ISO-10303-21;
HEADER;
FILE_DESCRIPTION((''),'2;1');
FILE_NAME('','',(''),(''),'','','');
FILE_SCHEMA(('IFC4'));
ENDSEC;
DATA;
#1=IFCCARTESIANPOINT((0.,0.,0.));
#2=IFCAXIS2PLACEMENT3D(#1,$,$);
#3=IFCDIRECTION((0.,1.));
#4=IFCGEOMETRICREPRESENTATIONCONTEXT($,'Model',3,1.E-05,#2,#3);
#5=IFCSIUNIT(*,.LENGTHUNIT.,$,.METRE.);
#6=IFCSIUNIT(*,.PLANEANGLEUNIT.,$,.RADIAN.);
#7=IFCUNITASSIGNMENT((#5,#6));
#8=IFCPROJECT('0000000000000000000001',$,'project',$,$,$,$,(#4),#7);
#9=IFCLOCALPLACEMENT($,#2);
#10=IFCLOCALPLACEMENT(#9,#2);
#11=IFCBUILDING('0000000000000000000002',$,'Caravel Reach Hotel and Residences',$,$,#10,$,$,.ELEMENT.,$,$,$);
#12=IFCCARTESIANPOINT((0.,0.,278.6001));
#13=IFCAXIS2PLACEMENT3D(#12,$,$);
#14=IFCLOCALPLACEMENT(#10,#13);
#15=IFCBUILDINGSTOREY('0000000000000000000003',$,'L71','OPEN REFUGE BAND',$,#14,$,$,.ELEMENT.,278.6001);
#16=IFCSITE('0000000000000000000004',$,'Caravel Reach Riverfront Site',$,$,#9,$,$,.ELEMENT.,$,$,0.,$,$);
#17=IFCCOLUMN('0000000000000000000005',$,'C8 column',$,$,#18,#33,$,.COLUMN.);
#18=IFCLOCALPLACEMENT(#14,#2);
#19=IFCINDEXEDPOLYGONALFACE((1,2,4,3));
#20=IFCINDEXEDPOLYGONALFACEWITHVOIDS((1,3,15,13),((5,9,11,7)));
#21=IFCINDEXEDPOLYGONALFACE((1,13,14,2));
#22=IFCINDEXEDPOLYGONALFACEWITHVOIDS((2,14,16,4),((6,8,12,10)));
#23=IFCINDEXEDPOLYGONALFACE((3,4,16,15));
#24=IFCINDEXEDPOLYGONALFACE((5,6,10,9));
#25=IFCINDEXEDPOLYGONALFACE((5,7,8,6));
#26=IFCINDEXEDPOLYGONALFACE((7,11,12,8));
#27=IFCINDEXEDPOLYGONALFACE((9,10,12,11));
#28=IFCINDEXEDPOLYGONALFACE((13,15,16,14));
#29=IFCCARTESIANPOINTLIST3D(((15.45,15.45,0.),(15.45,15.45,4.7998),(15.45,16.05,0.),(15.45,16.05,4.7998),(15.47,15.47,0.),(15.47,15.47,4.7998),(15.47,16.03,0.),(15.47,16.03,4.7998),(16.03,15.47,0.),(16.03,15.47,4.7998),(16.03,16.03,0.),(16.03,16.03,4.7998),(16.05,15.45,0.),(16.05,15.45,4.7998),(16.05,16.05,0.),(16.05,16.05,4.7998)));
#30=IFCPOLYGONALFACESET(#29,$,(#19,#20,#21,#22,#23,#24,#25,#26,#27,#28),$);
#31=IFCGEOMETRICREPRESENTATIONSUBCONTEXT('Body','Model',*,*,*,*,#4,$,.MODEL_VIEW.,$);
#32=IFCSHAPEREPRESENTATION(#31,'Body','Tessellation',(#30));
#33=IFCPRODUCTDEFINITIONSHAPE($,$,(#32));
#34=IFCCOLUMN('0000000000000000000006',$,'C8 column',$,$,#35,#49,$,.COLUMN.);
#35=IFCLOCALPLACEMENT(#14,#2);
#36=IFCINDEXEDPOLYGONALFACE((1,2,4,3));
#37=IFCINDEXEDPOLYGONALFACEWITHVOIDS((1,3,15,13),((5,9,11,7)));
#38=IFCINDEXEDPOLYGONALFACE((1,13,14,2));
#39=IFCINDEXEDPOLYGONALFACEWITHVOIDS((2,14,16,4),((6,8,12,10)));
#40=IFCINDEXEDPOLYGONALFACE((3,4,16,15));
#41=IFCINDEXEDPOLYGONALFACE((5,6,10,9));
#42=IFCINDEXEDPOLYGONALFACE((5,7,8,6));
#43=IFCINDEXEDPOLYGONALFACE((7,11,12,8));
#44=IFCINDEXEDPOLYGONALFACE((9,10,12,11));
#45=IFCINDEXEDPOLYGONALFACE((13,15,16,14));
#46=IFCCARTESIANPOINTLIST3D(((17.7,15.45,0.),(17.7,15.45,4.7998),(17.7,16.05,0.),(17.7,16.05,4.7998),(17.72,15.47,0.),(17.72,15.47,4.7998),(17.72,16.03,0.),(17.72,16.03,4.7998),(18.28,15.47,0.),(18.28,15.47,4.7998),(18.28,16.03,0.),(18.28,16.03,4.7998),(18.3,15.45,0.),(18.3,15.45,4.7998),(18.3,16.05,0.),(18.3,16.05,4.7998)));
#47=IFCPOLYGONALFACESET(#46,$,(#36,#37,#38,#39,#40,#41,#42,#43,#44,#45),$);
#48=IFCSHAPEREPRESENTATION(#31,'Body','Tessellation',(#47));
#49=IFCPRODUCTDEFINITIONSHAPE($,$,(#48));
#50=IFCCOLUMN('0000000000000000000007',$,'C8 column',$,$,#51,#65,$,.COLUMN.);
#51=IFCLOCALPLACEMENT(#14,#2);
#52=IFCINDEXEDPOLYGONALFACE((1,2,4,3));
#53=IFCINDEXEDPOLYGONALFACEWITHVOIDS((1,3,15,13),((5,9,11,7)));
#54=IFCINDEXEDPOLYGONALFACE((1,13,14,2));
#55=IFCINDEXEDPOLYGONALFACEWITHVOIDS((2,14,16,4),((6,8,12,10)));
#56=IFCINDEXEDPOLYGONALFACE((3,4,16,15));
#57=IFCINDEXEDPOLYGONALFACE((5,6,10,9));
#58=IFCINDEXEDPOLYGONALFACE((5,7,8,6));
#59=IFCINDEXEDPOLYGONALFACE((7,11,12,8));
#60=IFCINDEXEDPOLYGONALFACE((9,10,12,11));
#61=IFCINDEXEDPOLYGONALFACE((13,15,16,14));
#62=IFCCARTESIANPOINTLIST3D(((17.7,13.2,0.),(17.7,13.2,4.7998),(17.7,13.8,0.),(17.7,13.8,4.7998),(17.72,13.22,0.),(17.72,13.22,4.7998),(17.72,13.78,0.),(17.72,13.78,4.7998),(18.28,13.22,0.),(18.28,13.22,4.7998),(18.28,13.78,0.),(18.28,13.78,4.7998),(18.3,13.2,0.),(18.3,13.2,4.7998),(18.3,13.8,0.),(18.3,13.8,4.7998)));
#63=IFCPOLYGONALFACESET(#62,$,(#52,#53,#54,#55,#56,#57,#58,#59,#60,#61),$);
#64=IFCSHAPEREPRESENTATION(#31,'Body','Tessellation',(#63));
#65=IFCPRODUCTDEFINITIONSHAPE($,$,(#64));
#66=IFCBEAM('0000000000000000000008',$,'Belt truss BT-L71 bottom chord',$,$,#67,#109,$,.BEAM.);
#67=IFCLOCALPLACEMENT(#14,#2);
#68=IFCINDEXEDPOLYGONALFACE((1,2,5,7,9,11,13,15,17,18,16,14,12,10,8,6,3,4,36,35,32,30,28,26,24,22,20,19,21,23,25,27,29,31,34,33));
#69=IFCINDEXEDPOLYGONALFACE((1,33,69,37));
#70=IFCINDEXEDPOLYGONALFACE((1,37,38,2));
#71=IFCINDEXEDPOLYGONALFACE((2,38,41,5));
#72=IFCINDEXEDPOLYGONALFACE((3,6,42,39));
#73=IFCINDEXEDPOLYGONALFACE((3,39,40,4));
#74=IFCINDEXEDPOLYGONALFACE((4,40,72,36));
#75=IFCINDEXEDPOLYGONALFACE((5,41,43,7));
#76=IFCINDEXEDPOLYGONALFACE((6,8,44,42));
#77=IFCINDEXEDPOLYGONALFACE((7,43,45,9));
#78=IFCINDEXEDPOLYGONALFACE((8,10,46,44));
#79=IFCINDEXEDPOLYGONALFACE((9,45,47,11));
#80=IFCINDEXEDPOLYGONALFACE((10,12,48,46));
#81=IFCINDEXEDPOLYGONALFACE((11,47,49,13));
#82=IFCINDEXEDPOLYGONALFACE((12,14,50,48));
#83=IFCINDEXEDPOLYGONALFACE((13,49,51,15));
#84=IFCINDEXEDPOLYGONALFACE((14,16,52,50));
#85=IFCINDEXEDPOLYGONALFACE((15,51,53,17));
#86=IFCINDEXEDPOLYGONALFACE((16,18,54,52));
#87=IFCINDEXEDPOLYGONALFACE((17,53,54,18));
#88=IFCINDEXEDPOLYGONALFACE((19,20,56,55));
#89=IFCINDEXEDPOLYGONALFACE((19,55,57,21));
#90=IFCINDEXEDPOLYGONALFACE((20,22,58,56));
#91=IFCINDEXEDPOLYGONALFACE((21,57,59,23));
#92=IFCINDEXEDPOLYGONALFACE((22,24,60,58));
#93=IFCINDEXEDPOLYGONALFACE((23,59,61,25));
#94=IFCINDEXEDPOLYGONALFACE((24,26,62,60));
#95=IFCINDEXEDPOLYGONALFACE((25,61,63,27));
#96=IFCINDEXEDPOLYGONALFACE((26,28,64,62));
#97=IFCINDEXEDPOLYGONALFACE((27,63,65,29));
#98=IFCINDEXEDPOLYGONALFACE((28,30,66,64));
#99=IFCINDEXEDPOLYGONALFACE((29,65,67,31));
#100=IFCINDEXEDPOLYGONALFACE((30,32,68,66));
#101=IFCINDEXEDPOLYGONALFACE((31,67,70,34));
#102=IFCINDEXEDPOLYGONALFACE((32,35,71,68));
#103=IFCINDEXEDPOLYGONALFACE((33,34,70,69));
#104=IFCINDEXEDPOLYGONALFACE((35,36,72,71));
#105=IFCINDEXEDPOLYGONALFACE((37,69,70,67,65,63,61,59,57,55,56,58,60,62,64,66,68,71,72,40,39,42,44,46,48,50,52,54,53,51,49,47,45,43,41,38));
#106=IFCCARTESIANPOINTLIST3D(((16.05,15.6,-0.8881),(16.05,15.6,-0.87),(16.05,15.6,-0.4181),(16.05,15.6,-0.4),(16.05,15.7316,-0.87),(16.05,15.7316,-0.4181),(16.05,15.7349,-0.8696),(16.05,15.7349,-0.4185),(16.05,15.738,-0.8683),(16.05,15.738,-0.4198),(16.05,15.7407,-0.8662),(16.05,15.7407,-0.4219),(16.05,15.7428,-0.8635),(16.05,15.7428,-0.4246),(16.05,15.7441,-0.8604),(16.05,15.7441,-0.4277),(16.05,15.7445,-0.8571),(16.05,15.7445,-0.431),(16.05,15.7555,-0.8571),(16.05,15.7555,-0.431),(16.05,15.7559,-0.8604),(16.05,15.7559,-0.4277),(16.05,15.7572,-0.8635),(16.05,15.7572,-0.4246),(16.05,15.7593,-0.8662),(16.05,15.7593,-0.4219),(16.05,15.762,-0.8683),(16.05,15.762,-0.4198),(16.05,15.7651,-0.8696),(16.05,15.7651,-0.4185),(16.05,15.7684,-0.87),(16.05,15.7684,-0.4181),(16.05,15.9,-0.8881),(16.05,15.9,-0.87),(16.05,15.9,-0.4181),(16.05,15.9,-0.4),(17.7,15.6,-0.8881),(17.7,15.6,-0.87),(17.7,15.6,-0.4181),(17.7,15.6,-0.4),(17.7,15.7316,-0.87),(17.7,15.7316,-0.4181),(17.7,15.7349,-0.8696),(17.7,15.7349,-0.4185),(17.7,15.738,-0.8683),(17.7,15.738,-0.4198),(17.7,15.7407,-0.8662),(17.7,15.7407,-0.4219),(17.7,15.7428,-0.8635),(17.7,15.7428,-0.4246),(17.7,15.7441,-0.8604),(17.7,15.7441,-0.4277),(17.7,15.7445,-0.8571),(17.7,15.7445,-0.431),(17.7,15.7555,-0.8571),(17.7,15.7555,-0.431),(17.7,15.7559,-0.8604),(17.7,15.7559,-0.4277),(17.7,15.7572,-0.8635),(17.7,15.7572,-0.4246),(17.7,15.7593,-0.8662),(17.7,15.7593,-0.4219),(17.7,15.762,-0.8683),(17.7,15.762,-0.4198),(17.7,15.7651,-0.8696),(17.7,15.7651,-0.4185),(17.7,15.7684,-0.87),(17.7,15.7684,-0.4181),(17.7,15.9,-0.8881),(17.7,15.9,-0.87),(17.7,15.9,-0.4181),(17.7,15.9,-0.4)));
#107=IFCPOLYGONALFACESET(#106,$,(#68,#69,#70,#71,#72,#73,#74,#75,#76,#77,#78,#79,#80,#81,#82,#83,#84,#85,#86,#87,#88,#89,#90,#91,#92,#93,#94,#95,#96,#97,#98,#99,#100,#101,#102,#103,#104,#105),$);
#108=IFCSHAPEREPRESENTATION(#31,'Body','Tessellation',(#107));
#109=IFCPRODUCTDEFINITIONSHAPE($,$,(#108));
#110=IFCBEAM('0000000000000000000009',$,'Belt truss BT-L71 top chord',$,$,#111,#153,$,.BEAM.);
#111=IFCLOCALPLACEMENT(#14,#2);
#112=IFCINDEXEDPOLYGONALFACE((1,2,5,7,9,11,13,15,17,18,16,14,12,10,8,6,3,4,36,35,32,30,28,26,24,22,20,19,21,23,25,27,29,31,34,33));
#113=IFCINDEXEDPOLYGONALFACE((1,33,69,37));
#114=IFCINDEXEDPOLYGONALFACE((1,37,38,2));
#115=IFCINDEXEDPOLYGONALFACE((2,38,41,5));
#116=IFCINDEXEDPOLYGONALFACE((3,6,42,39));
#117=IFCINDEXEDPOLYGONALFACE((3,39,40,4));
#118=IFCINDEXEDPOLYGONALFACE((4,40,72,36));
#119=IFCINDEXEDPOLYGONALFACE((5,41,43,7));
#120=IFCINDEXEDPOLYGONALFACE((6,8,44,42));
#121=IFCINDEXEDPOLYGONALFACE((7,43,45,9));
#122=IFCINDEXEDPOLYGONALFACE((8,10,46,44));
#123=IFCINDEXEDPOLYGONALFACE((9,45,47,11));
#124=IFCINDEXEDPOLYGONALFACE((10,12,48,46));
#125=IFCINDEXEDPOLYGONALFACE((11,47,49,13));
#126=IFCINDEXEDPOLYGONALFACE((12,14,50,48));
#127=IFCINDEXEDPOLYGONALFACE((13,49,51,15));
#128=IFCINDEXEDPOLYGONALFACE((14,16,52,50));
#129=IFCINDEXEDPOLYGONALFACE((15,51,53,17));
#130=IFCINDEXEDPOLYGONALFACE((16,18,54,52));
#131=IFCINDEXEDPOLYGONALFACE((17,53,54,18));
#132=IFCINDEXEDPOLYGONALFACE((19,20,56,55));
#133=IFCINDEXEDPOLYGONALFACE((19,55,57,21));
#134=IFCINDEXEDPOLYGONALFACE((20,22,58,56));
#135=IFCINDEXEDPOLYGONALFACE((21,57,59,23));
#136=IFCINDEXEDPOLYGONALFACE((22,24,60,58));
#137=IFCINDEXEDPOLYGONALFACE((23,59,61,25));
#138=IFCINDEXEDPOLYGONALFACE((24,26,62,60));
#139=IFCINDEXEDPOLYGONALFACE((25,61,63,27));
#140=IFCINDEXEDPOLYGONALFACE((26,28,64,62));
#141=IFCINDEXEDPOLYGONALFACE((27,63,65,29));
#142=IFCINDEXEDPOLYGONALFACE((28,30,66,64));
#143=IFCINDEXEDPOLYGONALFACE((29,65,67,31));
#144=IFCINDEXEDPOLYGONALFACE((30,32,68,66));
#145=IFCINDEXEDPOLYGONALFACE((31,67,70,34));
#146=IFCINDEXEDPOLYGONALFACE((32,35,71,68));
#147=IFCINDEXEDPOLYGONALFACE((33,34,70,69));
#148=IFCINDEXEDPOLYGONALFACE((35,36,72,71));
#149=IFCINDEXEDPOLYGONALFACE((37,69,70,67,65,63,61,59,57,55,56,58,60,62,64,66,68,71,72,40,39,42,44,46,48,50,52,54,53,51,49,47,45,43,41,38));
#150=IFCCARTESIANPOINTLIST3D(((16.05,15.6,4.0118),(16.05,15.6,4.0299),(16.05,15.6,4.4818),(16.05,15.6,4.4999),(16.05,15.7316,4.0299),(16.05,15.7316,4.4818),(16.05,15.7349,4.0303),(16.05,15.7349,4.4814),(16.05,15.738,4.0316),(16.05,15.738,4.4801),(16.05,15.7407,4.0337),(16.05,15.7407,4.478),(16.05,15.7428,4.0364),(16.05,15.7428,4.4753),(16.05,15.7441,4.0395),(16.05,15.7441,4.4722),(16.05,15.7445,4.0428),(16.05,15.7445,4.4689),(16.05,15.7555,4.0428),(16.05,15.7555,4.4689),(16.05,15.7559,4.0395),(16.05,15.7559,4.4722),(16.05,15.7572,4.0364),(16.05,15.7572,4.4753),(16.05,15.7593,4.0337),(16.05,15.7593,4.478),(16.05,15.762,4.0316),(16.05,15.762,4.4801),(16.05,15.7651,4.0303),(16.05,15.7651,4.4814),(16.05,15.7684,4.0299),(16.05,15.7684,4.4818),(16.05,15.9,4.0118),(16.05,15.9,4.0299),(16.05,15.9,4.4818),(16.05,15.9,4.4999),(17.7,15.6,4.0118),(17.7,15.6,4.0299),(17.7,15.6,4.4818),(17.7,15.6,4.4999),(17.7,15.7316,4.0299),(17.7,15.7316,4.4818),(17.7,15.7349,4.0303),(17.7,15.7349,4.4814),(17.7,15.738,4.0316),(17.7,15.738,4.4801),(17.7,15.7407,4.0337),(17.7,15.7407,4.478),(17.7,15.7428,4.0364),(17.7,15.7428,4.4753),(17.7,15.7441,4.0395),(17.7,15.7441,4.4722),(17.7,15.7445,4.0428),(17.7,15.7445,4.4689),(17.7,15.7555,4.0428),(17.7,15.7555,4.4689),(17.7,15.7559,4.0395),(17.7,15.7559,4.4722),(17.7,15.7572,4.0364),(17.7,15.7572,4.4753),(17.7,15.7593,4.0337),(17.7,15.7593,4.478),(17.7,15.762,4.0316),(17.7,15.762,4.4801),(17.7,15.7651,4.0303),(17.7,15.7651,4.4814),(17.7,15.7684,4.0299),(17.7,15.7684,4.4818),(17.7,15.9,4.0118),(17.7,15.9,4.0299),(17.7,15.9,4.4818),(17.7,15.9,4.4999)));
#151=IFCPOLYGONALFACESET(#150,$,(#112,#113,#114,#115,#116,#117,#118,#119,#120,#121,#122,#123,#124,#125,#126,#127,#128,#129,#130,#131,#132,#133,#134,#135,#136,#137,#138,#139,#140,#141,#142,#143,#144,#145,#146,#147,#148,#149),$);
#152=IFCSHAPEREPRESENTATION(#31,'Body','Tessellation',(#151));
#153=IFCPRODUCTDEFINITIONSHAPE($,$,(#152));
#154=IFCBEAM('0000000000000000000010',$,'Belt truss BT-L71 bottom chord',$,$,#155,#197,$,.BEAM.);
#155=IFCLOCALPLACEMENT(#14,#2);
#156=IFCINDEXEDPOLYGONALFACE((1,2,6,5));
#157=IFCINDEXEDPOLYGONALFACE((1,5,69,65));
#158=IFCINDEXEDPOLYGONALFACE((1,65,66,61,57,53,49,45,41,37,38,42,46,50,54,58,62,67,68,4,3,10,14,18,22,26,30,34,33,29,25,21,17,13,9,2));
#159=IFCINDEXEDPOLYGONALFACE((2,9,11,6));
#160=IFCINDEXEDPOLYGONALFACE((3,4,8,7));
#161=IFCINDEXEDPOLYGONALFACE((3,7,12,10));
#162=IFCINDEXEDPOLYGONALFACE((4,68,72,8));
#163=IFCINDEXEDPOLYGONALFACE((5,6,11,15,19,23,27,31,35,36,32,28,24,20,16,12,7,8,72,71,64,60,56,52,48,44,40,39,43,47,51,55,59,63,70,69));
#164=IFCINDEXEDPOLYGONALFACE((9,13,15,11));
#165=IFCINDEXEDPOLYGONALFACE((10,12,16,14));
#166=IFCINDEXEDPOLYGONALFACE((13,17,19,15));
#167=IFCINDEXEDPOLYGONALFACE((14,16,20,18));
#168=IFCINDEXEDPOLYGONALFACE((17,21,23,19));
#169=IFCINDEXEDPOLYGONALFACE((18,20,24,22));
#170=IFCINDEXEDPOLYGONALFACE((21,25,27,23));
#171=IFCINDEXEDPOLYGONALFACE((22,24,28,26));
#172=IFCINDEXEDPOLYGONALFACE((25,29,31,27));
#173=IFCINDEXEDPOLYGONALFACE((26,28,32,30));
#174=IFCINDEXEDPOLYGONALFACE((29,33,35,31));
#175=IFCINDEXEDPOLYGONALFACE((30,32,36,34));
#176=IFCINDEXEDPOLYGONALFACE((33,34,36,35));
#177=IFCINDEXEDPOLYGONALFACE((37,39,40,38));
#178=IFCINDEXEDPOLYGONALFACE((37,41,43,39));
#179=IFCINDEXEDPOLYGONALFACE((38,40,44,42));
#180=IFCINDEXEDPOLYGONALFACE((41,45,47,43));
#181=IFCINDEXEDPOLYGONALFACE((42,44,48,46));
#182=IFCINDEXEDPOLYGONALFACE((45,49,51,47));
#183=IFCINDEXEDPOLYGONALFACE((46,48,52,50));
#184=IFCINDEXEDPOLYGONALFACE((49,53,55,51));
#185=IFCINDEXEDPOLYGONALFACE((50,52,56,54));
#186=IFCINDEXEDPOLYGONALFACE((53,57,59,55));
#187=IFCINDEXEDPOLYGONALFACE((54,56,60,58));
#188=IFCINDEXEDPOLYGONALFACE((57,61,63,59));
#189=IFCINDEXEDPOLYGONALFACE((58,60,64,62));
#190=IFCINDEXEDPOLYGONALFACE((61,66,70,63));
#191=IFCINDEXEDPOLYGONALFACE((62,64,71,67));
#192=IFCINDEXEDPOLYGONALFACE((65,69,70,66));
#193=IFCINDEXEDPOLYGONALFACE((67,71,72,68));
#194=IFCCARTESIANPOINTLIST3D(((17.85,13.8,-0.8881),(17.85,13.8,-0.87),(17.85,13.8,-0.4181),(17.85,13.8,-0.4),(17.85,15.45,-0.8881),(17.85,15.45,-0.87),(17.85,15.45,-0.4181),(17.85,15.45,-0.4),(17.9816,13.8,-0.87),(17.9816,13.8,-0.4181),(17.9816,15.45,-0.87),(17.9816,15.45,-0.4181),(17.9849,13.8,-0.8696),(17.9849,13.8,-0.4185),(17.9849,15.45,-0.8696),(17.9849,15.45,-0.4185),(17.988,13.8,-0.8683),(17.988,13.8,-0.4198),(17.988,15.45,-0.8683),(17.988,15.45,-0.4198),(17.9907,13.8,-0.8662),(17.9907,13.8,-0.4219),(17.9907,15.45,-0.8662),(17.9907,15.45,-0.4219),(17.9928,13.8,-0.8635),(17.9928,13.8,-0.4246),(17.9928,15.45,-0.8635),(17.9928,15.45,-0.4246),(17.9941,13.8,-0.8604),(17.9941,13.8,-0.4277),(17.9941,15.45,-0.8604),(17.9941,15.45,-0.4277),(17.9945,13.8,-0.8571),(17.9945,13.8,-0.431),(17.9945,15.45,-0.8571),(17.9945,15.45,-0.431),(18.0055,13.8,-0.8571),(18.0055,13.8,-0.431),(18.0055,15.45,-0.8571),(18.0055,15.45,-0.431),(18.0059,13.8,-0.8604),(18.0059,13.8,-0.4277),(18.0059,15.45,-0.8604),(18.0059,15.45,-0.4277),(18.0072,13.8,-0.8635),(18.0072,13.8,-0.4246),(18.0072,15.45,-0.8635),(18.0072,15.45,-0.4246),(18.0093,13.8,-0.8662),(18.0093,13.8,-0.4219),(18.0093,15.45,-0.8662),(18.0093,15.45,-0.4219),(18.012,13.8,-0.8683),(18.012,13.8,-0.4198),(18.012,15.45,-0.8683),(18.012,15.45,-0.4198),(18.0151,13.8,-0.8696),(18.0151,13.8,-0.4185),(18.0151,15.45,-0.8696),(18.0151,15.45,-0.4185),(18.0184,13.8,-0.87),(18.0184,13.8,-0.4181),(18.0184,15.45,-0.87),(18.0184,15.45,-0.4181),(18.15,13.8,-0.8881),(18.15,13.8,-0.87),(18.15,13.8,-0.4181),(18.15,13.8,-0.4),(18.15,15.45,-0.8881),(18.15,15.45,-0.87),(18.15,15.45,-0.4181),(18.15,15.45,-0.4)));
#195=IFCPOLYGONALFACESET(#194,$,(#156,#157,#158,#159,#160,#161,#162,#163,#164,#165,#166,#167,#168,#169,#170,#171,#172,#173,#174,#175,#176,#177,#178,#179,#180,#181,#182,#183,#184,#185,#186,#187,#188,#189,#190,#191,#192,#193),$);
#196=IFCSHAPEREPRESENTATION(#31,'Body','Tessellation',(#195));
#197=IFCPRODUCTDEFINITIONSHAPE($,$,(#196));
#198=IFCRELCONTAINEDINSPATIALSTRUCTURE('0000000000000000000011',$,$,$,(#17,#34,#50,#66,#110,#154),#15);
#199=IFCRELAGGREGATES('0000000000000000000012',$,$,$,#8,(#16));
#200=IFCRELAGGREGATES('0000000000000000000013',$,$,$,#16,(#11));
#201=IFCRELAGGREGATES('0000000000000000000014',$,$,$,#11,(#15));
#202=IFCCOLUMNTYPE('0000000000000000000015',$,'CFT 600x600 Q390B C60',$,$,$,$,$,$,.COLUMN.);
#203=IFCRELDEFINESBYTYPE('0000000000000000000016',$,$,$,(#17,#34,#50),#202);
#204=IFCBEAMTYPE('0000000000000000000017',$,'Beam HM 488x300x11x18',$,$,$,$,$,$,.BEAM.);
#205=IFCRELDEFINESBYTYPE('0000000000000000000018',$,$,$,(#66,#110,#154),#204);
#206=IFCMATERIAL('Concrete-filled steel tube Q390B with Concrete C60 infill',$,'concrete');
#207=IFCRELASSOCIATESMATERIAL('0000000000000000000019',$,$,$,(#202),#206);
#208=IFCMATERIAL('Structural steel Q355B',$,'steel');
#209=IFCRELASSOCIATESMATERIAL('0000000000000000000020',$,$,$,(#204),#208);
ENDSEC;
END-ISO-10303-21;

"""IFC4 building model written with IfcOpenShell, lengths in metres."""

from ifc_helpers import new_model, si_unit, direction, frame, origin, origin_2d, place, context, subcontext, project, spatial, hollow_rectangle, i_section, extrude, material, material_profile, profile_set, type_object, element, save


model = new_model("IFC4")

# Units and contexts
model_context = context("Model", 3, precision=1e-05, world=origin(), true_north=direction((0.0, 1.0)))
body_context = subcontext(model_context, "Body", "Model", "MODEL_VIEW")
ifc_project = project(units=[si_unit("LENGTHUNIT", "METRE"), si_unit("PLANEANGLEUNIT", "RADIAN")], contexts=[model_context])

# Site, building, storey
site_placement = place(None, origin())
site = spatial("IfcSite", under=ifc_project, at=site_placement, Name="Caravel Reach Riverfront Site", CompositionType="ELEMENT", RefElevation=0.0)
building_placement = place(site_placement, origin())
building = spatial("IfcBuilding", under=site, at=building_placement, Name="Caravel Reach Hotel and Residences", CompositionType="ELEMENT")
storey_placement = place(building_placement, frame((0.0, 0.0, 278.6001)))
storey = spatial("IfcBuildingStorey", under=building, at=storey_placement, Name="L71", Description="OPEN REFUGE BAND", CompositionType="ELEMENT", Elevation=278.6001)

# Columns
ifc_material_1 = material(Name="Concrete-filled steel tube Q390B with Concrete C60 infill", Category="concrete")
ifc_material_profile_1 = material_profile(ifc_material_1, hollow_rectangle(XDim=0.6001, YDim=0.6001, WallThickness=0.02, at=origin_2d()), Name="RHS 600x600x20")
ifc_profile_set_1 = profile_set([ifc_material_profile_1], Name="Concrete-filled steel tube Q390B with Concrete C60 infill")
column_type = type_object("IfcColumnType", Name="CFT 600x600 Q390B C60", PredefinedType="COLUMN", material=ifc_profile_set_1)
for number, where, z_axis, x_axis, name in (
    (1, (15.75, 15.75, 0.0), (0.0, 0.0, 1.0), (1.0, 0.0, 0.0), "C8 column"),
    (2, (18.0, 15.75, 0.0), (0.0, 0.0, 1.0), (1.0, 0.0, 0.0), "C8 column"),
    (3, (18.0, 13.5, 0.0), (0.0, 0.0, 1.0), (1.0, 0.0, 0.0), "C8 column"),
):
    element("IfcColumn", number, at=place(storey_placement, frame(where, z_axis=z_axis, x_axis=x_axis)), inside=storey, type_object=column_type, Name=name, PredefinedType="COLUMN", context=body_context, shape_type="SweptSolid", body=[
        extrude(hollow_rectangle(XDim=0.6001, YDim=0.6001, WallThickness=0.02, at=origin_2d()), origin(), (0.0, 0.0, 1.0), 4.7998),
    ])

# Beams
ifc_material_2 = material(Name="Structural steel Q355B", Category="steel")
ifc_material_profile_2 = material_profile(ifc_material_2, i_section(OverallWidth=0.3, OverallDepth=0.488, WebThickness=0.011, FlangeThickness=0.0181, FilletRadius=0.0129, at=origin_2d()), Name="HM 488x300x11x18")
ifc_profile_set_2 = profile_set([ifc_material_profile_2], Name="Structural steel Q355B")
beam_type = type_object("IfcBeamType", Name="Beam HM 488x300x11x18", PredefinedType="BEAM", material=ifc_profile_set_2)
for number, where, z_axis, x_axis, name in (
    (4, (16.05, 15.75, -0.644), (1.0, 0.0, 0.0), (0.0, 1.0, 0.0), "Belt truss BT-L71 bottom chord"),
    (5, (16.05, 15.75, 4.2559), (1.0, 0.0, 0.0), (0.0, 1.0, 0.0), "Belt truss BT-L71 top chord"),
    (6, (18.0, 15.45, -0.644), (0.0, -1.0, 0.0), (1.0, 0.0, 0.0), "Belt truss BT-L71 bottom chord"),
):
    element("IfcBeam", number, at=place(storey_placement, frame(where, z_axis=z_axis, x_axis=x_axis)), inside=storey, type_object=beam_type, Name=name, PredefinedType="BEAM", context=body_context, shape_type="SweptSolid", body=[
        extrude(i_section(OverallWidth=0.3, OverallDepth=0.488, WebThickness=0.011, FlangeThickness=0.0181, FilletRadius=0.0129, at=origin_2d()), origin(), (0.0, 0.0, 1.0), 1.6499),
    ])

save(model, "model.ifc")
